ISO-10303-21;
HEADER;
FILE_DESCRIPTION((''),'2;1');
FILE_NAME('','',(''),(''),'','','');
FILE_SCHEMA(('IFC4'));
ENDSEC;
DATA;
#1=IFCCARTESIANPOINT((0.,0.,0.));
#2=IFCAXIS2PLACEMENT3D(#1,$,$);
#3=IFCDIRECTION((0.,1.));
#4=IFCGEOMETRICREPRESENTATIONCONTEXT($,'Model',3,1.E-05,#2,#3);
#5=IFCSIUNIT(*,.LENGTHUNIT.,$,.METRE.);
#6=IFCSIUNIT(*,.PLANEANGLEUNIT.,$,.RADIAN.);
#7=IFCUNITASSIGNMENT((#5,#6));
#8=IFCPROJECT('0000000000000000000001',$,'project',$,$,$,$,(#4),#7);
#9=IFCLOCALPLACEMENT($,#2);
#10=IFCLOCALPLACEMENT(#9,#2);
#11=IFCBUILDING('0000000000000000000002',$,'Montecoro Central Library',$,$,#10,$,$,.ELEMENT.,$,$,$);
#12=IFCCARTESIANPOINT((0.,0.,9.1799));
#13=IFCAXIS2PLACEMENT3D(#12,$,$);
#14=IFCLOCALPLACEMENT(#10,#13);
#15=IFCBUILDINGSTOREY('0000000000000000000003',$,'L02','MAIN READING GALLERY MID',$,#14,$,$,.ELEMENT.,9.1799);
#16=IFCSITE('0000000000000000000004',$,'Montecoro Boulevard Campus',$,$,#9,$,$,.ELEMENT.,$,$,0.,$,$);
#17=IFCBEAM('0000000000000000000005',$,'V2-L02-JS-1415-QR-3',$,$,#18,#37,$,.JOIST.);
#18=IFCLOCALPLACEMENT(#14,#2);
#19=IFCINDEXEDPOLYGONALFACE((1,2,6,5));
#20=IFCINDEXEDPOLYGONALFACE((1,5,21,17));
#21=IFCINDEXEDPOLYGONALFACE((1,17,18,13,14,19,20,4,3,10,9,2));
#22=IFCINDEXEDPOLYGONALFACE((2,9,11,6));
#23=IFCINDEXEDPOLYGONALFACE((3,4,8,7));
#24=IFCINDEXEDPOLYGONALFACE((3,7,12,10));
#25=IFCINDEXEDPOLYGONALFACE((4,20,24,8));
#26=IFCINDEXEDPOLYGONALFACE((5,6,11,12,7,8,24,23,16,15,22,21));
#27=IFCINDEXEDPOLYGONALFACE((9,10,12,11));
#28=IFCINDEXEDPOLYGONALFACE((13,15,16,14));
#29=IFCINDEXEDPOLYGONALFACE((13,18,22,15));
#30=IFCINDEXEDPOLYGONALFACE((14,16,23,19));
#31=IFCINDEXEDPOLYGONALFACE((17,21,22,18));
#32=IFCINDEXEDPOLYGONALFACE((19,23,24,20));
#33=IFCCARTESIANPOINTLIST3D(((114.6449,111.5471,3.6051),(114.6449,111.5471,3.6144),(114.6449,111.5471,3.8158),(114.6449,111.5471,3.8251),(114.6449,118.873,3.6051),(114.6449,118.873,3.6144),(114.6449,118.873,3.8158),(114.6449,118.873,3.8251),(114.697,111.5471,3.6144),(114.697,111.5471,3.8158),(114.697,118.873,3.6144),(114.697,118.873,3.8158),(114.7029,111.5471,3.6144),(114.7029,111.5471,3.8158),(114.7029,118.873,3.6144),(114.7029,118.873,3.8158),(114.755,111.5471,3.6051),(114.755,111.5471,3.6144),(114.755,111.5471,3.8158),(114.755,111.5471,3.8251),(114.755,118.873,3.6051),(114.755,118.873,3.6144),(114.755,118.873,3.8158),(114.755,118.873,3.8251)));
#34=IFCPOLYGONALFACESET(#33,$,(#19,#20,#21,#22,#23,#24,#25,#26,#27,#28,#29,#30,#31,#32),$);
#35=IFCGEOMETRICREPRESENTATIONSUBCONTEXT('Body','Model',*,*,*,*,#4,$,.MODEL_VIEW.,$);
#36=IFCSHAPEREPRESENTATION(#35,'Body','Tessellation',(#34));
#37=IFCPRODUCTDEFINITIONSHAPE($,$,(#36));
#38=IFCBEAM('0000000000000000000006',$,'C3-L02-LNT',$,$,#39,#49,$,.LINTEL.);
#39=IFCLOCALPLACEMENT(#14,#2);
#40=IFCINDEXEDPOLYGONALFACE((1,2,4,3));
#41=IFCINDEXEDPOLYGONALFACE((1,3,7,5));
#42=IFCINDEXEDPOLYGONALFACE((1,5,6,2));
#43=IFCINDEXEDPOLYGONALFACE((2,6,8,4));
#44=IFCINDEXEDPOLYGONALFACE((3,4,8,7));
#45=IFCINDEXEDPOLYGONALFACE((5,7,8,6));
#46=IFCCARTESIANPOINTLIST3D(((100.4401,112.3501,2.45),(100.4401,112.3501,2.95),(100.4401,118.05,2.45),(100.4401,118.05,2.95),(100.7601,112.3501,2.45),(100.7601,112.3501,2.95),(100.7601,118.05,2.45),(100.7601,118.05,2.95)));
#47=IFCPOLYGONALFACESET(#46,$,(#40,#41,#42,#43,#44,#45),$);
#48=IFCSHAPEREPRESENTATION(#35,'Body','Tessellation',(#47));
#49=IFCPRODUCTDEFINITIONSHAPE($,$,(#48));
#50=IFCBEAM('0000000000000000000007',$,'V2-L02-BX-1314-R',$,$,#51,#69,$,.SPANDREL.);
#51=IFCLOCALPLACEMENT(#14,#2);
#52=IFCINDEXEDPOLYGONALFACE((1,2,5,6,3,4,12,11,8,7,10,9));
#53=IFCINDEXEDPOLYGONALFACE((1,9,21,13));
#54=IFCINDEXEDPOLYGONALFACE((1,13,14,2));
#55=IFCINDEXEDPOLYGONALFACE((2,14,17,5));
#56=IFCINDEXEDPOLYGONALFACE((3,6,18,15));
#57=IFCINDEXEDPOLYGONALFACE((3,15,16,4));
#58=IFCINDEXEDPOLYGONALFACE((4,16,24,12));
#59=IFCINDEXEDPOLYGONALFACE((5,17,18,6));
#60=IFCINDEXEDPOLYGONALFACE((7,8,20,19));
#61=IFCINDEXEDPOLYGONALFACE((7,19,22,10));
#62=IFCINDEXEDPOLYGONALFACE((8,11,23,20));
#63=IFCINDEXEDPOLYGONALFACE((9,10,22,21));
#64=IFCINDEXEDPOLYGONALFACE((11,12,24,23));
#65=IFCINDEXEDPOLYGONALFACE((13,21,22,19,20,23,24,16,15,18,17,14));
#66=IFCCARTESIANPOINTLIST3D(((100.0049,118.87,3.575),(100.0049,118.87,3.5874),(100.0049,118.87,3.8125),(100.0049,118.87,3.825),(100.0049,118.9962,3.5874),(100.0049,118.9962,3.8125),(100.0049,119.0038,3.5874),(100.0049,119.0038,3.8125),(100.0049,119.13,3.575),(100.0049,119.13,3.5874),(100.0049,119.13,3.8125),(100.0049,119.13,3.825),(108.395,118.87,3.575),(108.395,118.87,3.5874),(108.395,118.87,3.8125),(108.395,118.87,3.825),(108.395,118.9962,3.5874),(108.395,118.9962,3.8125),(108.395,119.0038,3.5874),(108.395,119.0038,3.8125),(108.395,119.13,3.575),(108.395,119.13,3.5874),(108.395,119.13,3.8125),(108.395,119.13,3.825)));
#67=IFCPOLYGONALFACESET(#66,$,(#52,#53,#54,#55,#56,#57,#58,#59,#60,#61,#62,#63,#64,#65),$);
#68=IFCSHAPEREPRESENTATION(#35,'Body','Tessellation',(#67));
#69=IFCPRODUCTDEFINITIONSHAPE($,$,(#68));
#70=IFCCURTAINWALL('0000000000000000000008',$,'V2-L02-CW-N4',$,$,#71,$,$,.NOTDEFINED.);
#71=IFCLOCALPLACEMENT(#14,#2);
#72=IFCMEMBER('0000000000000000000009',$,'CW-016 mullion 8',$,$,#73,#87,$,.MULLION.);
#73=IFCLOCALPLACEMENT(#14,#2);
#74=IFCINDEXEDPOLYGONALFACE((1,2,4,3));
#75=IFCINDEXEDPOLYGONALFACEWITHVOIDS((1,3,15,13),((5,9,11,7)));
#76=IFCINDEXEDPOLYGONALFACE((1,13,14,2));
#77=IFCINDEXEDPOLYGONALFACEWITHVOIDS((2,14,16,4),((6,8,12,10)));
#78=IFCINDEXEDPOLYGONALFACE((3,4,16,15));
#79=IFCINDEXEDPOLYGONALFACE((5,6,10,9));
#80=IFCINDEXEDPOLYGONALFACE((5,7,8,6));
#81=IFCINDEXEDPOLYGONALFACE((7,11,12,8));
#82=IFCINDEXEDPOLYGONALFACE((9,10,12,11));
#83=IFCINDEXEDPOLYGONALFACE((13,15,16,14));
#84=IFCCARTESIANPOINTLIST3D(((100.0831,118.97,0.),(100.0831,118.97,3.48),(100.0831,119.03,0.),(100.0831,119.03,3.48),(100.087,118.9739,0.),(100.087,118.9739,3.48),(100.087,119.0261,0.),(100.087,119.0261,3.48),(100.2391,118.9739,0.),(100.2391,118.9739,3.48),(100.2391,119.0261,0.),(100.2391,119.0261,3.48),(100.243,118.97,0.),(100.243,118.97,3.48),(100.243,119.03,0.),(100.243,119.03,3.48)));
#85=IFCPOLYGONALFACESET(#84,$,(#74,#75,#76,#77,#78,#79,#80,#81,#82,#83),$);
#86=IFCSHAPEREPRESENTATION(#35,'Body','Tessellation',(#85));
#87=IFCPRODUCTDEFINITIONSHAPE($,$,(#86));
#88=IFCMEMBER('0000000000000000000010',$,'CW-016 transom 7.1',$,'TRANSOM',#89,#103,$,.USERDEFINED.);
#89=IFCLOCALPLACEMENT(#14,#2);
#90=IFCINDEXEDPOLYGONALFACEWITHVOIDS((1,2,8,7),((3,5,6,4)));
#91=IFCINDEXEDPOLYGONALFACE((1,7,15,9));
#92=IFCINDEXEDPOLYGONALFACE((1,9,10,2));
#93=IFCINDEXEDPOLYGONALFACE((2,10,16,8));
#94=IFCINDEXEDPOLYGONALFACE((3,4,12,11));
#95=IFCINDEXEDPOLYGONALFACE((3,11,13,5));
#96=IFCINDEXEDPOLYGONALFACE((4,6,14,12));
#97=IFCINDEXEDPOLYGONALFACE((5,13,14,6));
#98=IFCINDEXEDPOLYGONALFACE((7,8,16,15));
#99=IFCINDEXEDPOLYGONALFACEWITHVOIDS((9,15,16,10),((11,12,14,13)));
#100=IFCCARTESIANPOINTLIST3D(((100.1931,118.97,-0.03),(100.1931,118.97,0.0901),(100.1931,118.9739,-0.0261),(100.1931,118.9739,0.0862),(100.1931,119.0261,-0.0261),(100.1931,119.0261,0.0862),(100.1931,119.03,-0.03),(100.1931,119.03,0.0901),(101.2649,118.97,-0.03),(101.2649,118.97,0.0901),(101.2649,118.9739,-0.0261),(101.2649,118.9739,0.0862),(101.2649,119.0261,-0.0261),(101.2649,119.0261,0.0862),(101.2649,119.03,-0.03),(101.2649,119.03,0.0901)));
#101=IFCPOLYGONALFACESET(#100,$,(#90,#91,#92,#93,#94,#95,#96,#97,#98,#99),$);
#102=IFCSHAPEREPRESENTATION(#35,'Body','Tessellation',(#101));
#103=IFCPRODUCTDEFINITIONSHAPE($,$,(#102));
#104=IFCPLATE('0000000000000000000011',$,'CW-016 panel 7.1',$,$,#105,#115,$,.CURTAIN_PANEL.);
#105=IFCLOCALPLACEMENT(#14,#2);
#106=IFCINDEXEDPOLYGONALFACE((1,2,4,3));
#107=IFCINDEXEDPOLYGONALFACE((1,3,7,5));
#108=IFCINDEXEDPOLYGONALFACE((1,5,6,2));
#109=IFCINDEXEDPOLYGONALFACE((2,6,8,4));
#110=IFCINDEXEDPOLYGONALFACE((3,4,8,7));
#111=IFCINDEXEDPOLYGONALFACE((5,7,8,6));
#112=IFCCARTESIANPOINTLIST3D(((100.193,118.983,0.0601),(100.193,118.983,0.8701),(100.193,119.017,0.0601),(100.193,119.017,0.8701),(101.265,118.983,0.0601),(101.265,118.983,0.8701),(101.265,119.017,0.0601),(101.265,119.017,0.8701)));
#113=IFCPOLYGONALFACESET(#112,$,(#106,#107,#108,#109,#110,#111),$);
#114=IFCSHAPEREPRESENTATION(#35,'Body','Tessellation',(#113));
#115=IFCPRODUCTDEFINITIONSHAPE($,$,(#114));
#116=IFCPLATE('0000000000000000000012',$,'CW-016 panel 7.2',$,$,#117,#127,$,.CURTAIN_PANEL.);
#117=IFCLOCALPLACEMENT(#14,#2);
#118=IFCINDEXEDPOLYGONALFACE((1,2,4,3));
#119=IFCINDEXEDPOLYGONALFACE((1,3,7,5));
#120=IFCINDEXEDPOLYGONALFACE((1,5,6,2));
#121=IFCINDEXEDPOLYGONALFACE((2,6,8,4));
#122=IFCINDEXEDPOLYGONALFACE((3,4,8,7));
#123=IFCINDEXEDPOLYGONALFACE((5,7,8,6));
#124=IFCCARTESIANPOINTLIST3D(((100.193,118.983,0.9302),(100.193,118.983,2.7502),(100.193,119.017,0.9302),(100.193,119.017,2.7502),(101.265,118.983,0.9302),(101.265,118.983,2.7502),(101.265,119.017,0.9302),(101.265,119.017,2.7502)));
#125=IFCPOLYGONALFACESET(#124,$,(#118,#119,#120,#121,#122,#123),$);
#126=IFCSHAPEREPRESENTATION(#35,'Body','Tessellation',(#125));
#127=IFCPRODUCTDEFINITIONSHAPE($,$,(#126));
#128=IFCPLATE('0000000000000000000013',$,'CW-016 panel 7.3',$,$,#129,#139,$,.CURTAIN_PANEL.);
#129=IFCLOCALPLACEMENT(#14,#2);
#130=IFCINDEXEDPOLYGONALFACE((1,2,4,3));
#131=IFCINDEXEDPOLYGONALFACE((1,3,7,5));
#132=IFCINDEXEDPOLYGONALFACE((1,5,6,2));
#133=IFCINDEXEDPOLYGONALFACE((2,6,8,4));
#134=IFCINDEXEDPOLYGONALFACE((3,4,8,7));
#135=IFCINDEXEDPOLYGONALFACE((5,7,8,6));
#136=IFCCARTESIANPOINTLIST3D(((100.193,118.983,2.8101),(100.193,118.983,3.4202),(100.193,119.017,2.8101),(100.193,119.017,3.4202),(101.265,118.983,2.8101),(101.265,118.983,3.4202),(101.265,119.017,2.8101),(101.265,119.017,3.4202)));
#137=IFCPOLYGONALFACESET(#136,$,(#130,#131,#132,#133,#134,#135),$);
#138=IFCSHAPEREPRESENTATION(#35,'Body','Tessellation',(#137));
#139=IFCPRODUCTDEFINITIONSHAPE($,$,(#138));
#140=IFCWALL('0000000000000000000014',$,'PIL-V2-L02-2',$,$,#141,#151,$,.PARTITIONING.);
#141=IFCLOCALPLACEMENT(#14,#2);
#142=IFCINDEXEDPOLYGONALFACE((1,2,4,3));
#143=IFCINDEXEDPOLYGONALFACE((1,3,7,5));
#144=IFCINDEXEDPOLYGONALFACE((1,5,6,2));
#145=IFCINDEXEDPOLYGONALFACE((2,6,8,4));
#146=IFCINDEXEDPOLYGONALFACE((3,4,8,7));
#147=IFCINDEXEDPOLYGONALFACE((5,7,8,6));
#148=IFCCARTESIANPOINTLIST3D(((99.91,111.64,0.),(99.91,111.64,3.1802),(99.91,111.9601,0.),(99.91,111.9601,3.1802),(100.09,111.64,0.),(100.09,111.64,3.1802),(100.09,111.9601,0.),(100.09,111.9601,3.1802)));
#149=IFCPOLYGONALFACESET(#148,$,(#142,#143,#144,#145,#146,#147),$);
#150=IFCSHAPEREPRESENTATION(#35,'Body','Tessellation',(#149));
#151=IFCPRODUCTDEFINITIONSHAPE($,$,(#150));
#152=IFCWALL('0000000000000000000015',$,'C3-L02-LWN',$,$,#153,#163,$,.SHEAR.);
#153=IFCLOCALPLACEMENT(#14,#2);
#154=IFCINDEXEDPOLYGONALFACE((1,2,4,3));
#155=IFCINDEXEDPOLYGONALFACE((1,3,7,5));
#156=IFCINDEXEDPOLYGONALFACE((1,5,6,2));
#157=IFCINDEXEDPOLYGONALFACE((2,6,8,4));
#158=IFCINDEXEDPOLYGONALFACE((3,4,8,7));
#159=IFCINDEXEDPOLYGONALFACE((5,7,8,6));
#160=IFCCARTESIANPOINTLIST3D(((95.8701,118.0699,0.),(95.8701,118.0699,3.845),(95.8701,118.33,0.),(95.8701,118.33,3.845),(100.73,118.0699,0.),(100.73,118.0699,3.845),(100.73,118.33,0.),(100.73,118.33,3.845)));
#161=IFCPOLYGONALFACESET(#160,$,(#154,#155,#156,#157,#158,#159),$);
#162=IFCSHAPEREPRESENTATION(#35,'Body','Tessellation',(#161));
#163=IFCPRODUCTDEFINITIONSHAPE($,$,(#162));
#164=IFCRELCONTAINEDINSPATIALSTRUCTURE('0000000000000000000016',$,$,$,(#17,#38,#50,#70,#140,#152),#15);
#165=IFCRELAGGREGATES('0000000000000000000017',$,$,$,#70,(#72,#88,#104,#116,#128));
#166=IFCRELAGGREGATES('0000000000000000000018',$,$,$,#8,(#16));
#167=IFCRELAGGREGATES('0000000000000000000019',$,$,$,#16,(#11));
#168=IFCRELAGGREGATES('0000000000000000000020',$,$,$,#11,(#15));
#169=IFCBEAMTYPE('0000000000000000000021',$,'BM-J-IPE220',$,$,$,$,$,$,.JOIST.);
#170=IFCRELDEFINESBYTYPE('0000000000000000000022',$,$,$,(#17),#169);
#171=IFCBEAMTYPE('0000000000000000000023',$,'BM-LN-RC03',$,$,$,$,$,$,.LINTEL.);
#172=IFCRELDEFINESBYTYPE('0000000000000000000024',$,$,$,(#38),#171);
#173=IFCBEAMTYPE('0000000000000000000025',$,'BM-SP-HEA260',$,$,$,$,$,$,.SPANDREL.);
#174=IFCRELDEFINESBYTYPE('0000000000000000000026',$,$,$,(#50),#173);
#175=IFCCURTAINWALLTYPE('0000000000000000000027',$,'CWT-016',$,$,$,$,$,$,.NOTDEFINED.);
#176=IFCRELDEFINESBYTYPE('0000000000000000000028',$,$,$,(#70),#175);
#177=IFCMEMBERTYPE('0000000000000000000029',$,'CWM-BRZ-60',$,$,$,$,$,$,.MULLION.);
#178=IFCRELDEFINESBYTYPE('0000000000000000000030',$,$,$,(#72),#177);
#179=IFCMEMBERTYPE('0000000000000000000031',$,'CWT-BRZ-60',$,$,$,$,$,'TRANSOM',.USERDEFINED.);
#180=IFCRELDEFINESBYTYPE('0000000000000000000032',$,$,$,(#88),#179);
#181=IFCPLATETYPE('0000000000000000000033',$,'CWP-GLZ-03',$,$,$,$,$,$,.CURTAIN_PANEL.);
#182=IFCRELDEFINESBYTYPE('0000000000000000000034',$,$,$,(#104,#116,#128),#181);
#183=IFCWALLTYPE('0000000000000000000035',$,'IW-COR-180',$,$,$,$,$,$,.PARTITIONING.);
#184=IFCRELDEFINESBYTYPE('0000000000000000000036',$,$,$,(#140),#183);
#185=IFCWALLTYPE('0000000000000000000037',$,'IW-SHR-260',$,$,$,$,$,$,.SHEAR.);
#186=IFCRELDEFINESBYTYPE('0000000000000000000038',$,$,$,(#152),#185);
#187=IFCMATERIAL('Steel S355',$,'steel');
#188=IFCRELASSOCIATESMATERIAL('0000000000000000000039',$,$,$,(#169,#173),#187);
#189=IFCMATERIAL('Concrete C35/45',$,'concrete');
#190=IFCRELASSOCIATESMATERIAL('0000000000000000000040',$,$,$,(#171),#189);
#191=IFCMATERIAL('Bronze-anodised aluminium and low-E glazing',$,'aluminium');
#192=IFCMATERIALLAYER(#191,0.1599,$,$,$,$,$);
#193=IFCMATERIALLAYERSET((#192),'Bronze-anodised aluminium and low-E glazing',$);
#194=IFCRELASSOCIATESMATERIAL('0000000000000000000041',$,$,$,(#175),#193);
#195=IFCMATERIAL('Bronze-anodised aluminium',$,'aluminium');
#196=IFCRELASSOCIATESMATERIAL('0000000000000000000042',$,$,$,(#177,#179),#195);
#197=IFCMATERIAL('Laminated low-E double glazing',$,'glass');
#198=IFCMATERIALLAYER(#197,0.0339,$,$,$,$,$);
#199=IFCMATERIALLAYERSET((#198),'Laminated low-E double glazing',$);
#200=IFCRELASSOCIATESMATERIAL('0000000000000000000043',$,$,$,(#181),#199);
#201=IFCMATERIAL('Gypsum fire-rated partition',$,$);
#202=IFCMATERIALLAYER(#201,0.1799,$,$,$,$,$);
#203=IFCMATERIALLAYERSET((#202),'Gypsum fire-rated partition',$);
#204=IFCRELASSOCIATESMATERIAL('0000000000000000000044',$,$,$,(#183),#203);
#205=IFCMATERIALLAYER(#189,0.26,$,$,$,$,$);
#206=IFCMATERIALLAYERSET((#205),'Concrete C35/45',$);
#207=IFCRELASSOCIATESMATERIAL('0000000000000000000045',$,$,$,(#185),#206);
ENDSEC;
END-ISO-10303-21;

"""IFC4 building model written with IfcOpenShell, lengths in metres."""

from ifc_helpers import new_model, si_unit, direction, frame, frame_2d, origin, origin_2d, place, context, subcontext, project, spatial, rectangle, hollow_rectangle, i_section, extrude, material, layer, layer_set, material_profile, profile_set, type_object, element, aggregate, save


model = new_model("IFC4")

# Units and contexts
model_context = context("Model", 3, precision=1e-05, world=origin(), true_north=direction((0.0, 1.0)))
body_context = subcontext(model_context, "Body", "Model", "MODEL_VIEW")
ifc_project = project(units=[si_unit("LENGTHUNIT", "METRE"), si_unit("PLANEANGLEUNIT", "RADIAN")], contexts=[model_context])

# Site, building, storey
site_placement = place(None, origin())
site = spatial("IfcSite", under=ifc_project, at=site_placement, Name="Montecoro Boulevard Campus", CompositionType="ELEMENT", RefElevation=0.0)
building_placement = place(site_placement, origin())
building = spatial("IfcBuilding", under=site, at=building_placement, Name="Montecoro Central Library", CompositionType="ELEMENT")
storey_placement = place(building_placement, frame((0.0, 0.0, 9.1799)))
storey = spatial("IfcBuildingStorey", under=building, at=storey_placement, Name="L02", Description="MAIN READING GALLERY MID", CompositionType="ELEMENT", Elevation=9.1799)

# Shared definitions
ifc_material_1 = material(Name="Steel S355", Category="steel")

# Beams
ifc_material_profile_1 = material_profile(ifc_material_1, i_section(OverallWidth=0.1101, OverallDepth=0.22, WebThickness=0.0059, FlangeThickness=0.0093, at=origin_2d()), Name="IPE 220")
ifc_profile_set_1 = profile_set([ifc_material_profile_1], Name="Steel S355")
beam_type_1 = type_object("IfcBeamType", Name="BM-J-IPE220", PredefinedType="JOIST", material=ifc_profile_set_1)
for number, where, z_axis, x_axis, name in (
    (1, (114.7, 111.5471, 3.7151), (0.0, 1.0, 0.0), (-1.0, 0.0, 0.0), "V2-L02-JS-1415-QR-3"),
):
    element("IfcBeam", number, at=place(storey_placement, frame(where, z_axis=z_axis, x_axis=x_axis)), inside=storey, type_object=beam_type_1, Name=name, PredefinedType="JOIST", context=body_context, shape_type="SweptSolid", body=[
        extrude(i_section(OverallWidth=0.1101, OverallDepth=0.22, WebThickness=0.0059, FlangeThickness=0.0093, at=origin_2d()), origin(), (0.0, 0.0, 1.0), 7.3259),
    ])
ifc_material_2 = material(Name="Concrete C35/45", Category="concrete")
ifc_material_profile_2 = material_profile(ifc_material_2, rectangle(XDim=0.3201, YDim=0.5, at=origin_2d()), Name="RC LNT 500x320")
ifc_profile_set_2 = profile_set([ifc_material_profile_2], Name="Concrete C35/45")
beam_type_2 = type_object("IfcBeamType", Name="BM-LN-RC03", PredefinedType="LINTEL", material=ifc_profile_set_2)
beam_1_placement = place(storey_placement, frame((100.6001, 112.3501, 2.7), z_axis=(0.0, 1.0, 0.0), x_axis=(-1.0, 0.0, 0.0)))
element("IfcBeam", 2, at=beam_1_placement, inside=storey, type_object=beam_type_2, Name="C3-L02-LNT", PredefinedType="LINTEL", context=body_context, shape_type="SweptSolid", body=[
    extrude(rectangle(XDim=0.3201, YDim=0.5, at=origin_2d()), origin(), (0.0, 0.0, 1.0), 5.7),
])
ifc_material_profile_3 = material_profile(ifc_material_1, i_section(OverallWidth=0.26, OverallDepth=0.25, WebThickness=0.0076, FlangeThickness=0.0125, at=origin_2d()), Name="HEA 260")
ifc_profile_set_3 = profile_set([ifc_material_profile_3], Name="Steel S355")
beam_type_3 = type_object("IfcBeamType", Name="BM-SP-HEA260", PredefinedType="SPANDREL", material=ifc_profile_set_3)
beam_2_placement = place(storey_placement, frame((100.0049, 119.0, 3.7), z_axis=(1.0, 0.0, 0.0), x_axis=(0.0, 1.0, 0.0)))
element("IfcBeam", 3, at=beam_2_placement, inside=storey, type_object=beam_type_3, Name="V2-L02-BX-1314-R", PredefinedType="SPANDREL", context=body_context, shape_type="SweptSolid", body=[
    extrude(i_section(OverallWidth=0.26, OverallDepth=0.25, WebThickness=0.0076, FlangeThickness=0.0125, at=origin_2d()), origin(), (0.0, 0.0, 1.0), 8.3901),
])

# Curtain wall, members, plates
ifc_material_3 = material(Name="Bronze-anodised aluminium and low-E glazing", Category="aluminium")
ifc_layer_1 = layer(ifc_material_3, 0.1599)
ifc_layer_set_1 = layer_set([ifc_layer_1], Name="Bronze-anodised aluminium and low-E glazing")
curtain_wall_type = type_object("IfcCurtainWallType", Name="CWT-016", PredefinedType="NOTDEFINED", material=ifc_layer_set_1)
curtain_wall_placement = place(storey_placement, origin())
curtain_wall = element("IfcCurtainWall", 4, at=curtain_wall_placement, inside=storey, type_object=curtain_wall_type, Name="V2-L02-CW-N4", PredefinedType="NOTDEFINED")
ifc_material_4 = material(Name="Bronze-anodised aluminium", Category="aluminium")
ifc_material_profile_4 = material_profile(ifc_material_4, hollow_rectangle(XDim=0.0601, YDim=0.1599, WallThickness=0.0039, at=origin_2d()), Name="CWM 160x60x4.0")
ifc_profile_set_4 = profile_set([ifc_material_profile_4], Name="Bronze-anodised aluminium")
member_type_1 = type_object("IfcMemberType", Name="CWM-BRZ-60", PredefinedType="MULLION", material=ifc_profile_set_4)
member_1_placement = place(storey_placement, frame((100.1631, 119.0, 0.0), z_axis=(0.0, 0.0, 1.0), x_axis=(0.0, -1.0, 0.0)))
member_1 = element("IfcMember", 5, at=member_1_placement, type_object=member_type_1, Name="CW-016 mullion 8", PredefinedType="MULLION", context=body_context, shape_type="SweptSolid", body=[
    extrude(hollow_rectangle(XDim=0.0601, YDim=0.1599, WallThickness=0.0039, at=origin_2d()), origin(), (0.0, 0.0, 1.0), 3.48),
])
ifc_material_profile_5 = material_profile(ifc_material_4, hollow_rectangle(XDim=0.0601, YDim=0.1201, WallThickness=0.0039, at=origin_2d()), Name="CWT 120x60x4.0")
ifc_profile_set_5 = profile_set([ifc_material_profile_5], Name="Bronze-anodised aluminium")
member_type_2 = type_object("IfcMemberType", Name="CWT-BRZ-60", ElementType="TRANSOM", PredefinedType="USERDEFINED", material=ifc_profile_set_5)
member_2_placement = place(storey_placement, frame((101.2649, 119.0, 0.03), z_axis=(-1.0, 0.0, 0.0), x_axis=(0.0, -1.0, 0.0)))
member_2 = element("IfcMember", 6, at=member_2_placement, type_object=member_type_2, Name="CW-016 transom 7.1", ObjectType="TRANSOM", PredefinedType="USERDEFINED", context=body_context, shape_type="SweptSolid", body=[
    extrude(hollow_rectangle(XDim=0.0601, YDim=0.1201, WallThickness=0.0039, at=origin_2d()), origin(), (0.0, 0.0, 1.0), 1.0718),
])
ifc_material_5 = material(Name="Laminated low-E double glazing", Category="glass")
ifc_layer_2 = layer(ifc_material_5, 0.0339)
ifc_layer_set_2 = layer_set([ifc_layer_2], Name="Laminated low-E double glazing")
plate_type = type_object("IfcPlateType", Name="CWP-GLZ-03", PredefinedType="CURTAIN_PANEL", material=ifc_layer_set_2)
plate_1_placement = place(storey_placement, frame((100.729, 119.0, 0.0601), z_axis=(0.0, 0.0, 1.0), x_axis=(-1.0, 0.0, 0.0)))
plate_1 = element("IfcPlate", 7, at=plate_1_placement, type_object=plate_type, Name="CW-016 panel 7.1", PredefinedType="CURTAIN_PANEL", context=body_context, shape_type="SweptSolid", body=[
    extrude(rectangle(XDim=1.072, YDim=0.0339, at=origin_2d()), origin(), (0.0, 0.0, 1.0), 0.8101),
])
plate_2_placement = place(storey_placement, frame((100.729, 119.0, 0.9302), z_axis=(0.0, 0.0, 1.0), x_axis=(-1.0, 0.0, 0.0)))
plate_2 = element("IfcPlate", 8, at=plate_2_placement, type_object=plate_type, Name="CW-016 panel 7.2", PredefinedType="CURTAIN_PANEL", context=body_context, shape_type="SweptSolid", body=[
    extrude(rectangle(XDim=1.072, YDim=0.0339, at=origin_2d()), origin(), (0.0, 0.0, 1.0), 1.8201),
])
plate_3_placement = place(storey_placement, frame((100.729, 119.0, 2.8101), z_axis=(0.0, 0.0, 1.0), x_axis=(-1.0, 0.0, 0.0)))
plate_3 = element("IfcPlate", 9, at=plate_3_placement, type_object=plate_type, Name="CW-016 panel 7.3", PredefinedType="CURTAIN_PANEL", context=body_context, shape_type="SweptSolid", body=[
    extrude(rectangle(XDim=1.072, YDim=0.0339, at=origin_2d()), origin(), (0.0, 0.0, 1.0), 0.6101),
])
aggregate(curtain_wall, [member_1, member_2, plate_1, plate_2, plate_3])

# Walls
ifc_material_6 = material(Name="Gypsum fire-rated partition")
ifc_layer_3 = layer(ifc_material_6, 0.1799)
ifc_layer_set_3 = layer_set([ifc_layer_3], Name="Gypsum fire-rated partition")
wall_type_1 = type_object("IfcWallType", Name="IW-COR-180", PredefinedType="PARTITIONING", material=ifc_layer_set_3)
wall_1_placement = place(storey_placement, frame((100.0, 111.6399, 0.0), z_axis=(0.0, 0.0, 1.0), x_axis=(0.0, 1.0, 0.0)))
element("IfcWall", 10, at=wall_1_placement, inside=storey, type_object=wall_type_1, Name="PIL-V2-L02-2", PredefinedType="PARTITIONING", context=body_context, shape_type="SweptSolid", body=[
    extrude(rectangle(XDim=0.3201, YDim=0.1799, at=frame_2d((0.1602, 0.0))), origin(), (0.0, 0.0, 1.0), 3.1802),
])
ifc_layer_4 = layer(ifc_material_2, 0.26)
ifc_layer_set_4 = layer_set([ifc_layer_4], Name="Concrete C35/45")
wall_type_2 = type_object("IfcWallType", Name="IW-SHR-260", PredefinedType="SHEAR", material=ifc_layer_set_4)
wall_2_placement = place(storey_placement, frame((100.73, 118.2, 0.0), z_axis=(0.0, 0.0, 1.0), x_axis=(-1.0, 0.0, 0.0)))
element("IfcWall", 11, at=wall_2_placement, inside=storey, type_object=wall_type_2, Name="C3-L02-LWN", PredefinedType="SHEAR", context=body_context, shape_type="SweptSolid", body=[
    extrude(rectangle(XDim=4.8599, YDim=0.26, at=frame_2d((2.4299, 0.0))), origin(), (0.0, 0.0, 1.0), 3.845),
])

save(model, "model.ifc")
